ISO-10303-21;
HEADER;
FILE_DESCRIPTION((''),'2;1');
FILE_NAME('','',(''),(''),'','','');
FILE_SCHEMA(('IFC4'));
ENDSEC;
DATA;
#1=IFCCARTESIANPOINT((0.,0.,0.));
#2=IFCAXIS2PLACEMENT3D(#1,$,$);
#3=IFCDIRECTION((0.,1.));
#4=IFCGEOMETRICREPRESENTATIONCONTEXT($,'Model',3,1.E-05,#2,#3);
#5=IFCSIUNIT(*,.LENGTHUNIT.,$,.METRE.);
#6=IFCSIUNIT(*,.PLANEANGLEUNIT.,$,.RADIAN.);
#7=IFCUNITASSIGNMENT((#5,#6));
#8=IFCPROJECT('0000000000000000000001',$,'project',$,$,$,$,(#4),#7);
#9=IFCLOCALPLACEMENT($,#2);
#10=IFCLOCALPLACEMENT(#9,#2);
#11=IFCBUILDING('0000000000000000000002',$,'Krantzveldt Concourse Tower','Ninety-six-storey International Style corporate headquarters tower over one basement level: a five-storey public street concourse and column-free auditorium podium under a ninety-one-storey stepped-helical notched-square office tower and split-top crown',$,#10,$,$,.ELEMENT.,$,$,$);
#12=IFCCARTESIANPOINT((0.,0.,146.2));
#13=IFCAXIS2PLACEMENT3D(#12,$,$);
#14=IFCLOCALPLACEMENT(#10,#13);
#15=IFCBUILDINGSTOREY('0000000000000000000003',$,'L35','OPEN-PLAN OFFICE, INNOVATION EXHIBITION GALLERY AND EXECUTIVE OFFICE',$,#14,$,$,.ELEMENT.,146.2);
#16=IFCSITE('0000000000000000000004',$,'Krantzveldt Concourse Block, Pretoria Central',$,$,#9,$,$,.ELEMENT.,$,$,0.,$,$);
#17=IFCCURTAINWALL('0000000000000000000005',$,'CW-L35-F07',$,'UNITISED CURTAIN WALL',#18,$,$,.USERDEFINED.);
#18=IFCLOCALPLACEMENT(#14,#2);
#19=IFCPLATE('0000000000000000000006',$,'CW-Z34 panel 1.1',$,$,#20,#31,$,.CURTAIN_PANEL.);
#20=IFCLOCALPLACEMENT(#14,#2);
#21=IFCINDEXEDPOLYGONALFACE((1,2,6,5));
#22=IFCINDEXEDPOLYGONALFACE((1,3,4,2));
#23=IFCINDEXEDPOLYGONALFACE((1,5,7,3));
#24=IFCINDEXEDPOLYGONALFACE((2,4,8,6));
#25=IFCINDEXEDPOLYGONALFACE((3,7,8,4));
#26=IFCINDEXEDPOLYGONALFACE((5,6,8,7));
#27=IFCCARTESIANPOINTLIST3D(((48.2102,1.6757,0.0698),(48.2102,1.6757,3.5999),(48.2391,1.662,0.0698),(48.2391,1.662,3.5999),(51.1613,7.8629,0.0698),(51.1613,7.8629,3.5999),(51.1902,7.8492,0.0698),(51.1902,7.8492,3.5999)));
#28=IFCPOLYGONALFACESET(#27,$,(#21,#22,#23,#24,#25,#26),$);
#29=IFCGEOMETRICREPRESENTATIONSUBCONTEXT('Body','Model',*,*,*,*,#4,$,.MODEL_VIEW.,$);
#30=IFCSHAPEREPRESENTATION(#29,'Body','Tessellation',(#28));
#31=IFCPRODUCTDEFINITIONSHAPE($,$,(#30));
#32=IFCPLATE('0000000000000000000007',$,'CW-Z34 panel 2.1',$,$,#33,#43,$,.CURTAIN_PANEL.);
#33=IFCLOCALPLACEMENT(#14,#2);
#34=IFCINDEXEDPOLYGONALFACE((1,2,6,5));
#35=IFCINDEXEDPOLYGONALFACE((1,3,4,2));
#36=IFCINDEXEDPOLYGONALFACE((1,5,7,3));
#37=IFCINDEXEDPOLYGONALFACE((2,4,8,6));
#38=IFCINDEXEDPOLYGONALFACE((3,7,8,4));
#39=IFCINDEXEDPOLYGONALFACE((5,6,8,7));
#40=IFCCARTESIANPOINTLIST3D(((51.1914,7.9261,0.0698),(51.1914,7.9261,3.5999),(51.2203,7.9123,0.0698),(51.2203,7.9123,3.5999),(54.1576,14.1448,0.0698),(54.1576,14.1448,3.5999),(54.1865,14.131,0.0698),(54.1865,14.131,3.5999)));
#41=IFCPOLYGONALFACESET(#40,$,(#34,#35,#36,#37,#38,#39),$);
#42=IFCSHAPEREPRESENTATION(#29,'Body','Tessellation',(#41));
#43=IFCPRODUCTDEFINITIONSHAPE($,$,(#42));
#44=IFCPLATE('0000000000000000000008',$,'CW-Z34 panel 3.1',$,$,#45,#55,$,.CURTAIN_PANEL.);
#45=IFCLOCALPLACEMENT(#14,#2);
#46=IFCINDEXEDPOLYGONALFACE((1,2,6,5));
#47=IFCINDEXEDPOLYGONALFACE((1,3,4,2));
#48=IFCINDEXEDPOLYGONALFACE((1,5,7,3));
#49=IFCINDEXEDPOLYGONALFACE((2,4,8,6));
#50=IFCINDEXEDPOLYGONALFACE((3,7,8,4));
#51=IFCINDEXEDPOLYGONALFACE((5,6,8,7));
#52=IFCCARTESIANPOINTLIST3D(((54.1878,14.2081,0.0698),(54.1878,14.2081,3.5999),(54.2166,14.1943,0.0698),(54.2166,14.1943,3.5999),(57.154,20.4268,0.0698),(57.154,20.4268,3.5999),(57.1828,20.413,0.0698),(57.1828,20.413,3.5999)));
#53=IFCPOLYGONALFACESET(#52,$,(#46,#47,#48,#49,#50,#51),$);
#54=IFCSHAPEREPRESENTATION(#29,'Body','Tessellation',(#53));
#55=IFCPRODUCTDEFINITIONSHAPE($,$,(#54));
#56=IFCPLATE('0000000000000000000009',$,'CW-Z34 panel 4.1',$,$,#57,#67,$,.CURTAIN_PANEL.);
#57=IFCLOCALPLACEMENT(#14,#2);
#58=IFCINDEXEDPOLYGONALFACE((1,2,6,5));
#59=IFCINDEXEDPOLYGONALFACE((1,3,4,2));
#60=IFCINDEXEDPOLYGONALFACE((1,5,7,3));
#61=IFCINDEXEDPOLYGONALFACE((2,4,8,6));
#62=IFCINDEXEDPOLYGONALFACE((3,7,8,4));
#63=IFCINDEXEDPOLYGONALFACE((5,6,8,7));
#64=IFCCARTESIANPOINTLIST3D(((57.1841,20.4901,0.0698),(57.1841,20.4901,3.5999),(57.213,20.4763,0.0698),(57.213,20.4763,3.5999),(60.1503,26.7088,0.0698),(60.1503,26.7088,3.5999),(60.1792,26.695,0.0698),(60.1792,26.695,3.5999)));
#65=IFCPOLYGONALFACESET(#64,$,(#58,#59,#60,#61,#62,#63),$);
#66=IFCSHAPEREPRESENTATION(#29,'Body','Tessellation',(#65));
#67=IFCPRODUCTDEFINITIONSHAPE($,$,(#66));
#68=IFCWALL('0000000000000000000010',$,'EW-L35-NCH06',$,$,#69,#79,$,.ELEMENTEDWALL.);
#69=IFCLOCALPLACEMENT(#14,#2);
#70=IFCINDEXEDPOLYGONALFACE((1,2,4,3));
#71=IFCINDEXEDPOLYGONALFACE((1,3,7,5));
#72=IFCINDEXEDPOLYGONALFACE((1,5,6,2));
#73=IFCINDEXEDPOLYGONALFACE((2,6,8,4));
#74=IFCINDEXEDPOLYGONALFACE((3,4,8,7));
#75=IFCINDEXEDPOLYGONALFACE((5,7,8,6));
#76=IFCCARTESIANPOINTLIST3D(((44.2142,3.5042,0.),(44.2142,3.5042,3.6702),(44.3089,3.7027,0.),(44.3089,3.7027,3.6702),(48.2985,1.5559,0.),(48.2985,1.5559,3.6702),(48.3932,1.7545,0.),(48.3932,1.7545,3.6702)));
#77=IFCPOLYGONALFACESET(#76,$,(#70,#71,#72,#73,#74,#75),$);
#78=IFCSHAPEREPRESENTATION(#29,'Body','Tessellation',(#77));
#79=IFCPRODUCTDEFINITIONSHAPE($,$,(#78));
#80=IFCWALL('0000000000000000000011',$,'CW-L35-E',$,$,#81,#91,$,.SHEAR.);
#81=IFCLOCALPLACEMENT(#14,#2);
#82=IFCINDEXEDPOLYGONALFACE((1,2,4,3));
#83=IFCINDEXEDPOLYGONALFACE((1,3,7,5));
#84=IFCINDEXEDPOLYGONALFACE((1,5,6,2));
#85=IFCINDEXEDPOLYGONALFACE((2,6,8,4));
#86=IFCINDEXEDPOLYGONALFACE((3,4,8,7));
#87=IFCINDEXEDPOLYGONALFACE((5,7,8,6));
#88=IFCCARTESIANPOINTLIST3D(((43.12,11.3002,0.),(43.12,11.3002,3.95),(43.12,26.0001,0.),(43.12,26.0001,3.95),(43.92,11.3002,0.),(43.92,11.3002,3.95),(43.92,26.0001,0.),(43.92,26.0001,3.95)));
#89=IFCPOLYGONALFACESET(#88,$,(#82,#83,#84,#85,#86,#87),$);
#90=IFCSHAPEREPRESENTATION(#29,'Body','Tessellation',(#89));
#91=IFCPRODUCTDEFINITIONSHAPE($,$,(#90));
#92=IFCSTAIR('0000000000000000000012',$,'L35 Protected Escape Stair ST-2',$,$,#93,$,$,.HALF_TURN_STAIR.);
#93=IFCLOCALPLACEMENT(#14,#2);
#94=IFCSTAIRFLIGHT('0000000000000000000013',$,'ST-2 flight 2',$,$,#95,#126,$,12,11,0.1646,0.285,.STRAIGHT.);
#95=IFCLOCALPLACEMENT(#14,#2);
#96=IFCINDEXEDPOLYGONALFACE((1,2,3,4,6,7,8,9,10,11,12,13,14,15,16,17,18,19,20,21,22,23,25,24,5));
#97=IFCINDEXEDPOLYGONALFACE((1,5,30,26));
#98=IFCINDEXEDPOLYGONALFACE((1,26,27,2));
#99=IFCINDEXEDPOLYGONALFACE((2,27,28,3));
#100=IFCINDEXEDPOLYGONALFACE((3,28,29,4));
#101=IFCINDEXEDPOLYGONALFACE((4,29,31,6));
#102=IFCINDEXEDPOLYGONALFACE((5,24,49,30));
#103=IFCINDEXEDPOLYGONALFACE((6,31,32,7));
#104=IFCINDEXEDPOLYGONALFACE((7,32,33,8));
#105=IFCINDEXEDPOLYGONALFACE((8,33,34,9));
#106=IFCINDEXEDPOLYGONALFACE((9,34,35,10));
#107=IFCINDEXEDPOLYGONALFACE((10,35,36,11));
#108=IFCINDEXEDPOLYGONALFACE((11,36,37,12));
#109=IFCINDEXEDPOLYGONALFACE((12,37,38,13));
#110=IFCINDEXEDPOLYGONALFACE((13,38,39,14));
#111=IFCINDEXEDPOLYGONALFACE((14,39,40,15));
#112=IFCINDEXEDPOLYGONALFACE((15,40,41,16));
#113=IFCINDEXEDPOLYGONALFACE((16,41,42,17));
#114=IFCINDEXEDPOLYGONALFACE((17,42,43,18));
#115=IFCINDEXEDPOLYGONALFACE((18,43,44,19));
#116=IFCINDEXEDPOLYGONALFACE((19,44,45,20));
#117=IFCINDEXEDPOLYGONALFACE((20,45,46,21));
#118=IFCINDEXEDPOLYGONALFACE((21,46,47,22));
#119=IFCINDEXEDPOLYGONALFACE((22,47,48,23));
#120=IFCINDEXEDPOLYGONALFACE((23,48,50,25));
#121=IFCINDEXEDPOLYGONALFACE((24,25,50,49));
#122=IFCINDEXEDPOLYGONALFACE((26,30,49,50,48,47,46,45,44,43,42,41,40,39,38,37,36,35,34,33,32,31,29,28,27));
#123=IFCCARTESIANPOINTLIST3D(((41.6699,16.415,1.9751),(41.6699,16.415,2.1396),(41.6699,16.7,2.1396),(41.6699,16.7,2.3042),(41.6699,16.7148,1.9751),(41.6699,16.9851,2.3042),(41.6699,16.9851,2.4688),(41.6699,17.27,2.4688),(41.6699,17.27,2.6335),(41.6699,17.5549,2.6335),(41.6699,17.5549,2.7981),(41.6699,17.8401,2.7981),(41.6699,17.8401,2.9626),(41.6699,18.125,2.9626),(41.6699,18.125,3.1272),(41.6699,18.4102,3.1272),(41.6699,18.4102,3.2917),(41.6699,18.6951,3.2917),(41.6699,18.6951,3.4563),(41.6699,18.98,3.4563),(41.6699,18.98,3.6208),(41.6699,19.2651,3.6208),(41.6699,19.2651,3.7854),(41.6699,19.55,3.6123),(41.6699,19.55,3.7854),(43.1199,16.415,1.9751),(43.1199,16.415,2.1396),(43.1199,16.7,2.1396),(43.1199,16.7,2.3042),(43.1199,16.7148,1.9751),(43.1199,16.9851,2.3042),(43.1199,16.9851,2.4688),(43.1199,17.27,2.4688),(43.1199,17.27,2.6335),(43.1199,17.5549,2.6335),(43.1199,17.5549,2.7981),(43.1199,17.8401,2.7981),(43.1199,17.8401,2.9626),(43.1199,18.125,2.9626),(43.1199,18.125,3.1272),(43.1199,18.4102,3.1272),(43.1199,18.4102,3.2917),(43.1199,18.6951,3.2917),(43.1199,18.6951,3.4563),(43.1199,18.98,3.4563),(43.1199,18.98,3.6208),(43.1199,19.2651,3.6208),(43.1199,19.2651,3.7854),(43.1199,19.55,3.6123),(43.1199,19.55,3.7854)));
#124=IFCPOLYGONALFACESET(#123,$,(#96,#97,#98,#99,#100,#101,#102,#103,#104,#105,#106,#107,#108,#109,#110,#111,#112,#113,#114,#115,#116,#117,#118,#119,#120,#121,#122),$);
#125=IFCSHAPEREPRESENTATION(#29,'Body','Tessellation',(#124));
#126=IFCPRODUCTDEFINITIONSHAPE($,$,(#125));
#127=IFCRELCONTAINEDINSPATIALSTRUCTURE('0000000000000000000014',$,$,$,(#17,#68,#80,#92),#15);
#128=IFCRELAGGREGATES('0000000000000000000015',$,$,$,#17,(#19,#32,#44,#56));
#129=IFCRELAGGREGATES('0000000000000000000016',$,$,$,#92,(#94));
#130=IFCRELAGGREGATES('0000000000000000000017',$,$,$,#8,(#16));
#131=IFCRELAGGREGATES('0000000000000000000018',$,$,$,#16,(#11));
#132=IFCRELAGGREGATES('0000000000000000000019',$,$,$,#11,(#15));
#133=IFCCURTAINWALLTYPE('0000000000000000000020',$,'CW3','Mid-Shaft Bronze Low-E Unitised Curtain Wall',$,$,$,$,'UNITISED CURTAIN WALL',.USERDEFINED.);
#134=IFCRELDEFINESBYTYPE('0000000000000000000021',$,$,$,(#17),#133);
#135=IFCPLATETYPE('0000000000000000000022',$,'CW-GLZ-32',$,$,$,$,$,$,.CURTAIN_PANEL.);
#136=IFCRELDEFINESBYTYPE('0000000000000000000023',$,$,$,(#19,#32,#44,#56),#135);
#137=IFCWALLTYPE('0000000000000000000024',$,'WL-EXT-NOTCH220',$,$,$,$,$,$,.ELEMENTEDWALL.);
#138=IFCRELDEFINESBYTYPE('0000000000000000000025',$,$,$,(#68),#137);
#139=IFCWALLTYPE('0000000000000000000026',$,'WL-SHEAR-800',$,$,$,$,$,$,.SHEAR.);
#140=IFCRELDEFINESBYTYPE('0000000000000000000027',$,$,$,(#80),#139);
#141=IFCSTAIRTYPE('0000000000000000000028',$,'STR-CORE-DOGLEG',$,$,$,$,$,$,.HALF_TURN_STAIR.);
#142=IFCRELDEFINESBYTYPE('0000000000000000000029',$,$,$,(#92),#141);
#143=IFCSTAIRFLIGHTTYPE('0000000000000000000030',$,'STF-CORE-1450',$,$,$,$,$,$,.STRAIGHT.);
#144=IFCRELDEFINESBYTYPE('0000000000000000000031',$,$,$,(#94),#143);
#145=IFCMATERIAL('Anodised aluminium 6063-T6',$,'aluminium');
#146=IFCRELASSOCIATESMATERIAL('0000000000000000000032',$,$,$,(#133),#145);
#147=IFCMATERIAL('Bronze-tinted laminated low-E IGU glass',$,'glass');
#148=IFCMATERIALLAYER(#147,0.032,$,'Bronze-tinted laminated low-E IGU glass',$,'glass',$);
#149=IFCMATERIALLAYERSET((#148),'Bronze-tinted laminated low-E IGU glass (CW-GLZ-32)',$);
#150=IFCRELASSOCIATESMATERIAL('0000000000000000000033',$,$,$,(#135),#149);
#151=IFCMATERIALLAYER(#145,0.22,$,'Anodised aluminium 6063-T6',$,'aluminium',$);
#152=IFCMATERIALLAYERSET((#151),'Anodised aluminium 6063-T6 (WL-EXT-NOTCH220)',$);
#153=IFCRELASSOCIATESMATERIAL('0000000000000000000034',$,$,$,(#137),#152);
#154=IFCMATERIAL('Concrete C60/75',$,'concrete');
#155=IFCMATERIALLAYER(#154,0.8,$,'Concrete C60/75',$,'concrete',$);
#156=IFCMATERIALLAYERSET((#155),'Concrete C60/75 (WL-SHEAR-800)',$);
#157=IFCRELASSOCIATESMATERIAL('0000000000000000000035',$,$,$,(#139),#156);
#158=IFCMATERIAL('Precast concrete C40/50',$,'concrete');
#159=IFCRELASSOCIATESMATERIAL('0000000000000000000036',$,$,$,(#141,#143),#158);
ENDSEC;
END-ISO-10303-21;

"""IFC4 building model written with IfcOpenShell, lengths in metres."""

from ifc_helpers import new_model, si_unit, direction, frame, frame_2d, origin, origin_2d, place, context, subcontext, project, spatial, polyline, rectangle, outline, extrude, source, transform, mapped, material, layer, layer_set, type_object, type_shapes, element, aggregate, save


model = new_model("IFC4")

# Units and contexts
model_context = context("Model", 3, precision=1e-05, world=origin(), true_north=direction((0.0, 1.0)))
body_context = subcontext(model_context, "Body", "Model", "MODEL_VIEW")
ifc_project = project(units=[si_unit("LENGTHUNIT", "METRE"), si_unit("PLANEANGLEUNIT", "RADIAN")], contexts=[model_context])

# Site, building, storey
site_placement = place(None, origin())
site = spatial("IfcSite", under=ifc_project, at=site_placement, Name="Krantzveldt Concourse Block, Pretoria Central", CompositionType="ELEMENT", RefElevation=0.0)
building_placement = place(site_placement, origin())
building = spatial("IfcBuilding", under=site, at=building_placement, Name="Krantzveldt Concourse Tower", Description="Ninety-six-storey International Style corporate headquarters tower over one basement level: a five-storey public street concourse and column-free auditorium podium under a ninety-one-storey stepped-helical notched-square office tower and split-top crown", CompositionType="ELEMENT")
storey_placement = place(building_placement, frame((0.0, 0.0, 146.2)))
storey = spatial("IfcBuildingStorey", under=building, at=storey_placement, Name="L35", Description="OPEN-PLAN OFFICE, INNOVATION EXHIBITION GALLERY AND EXECUTIVE OFFICE", CompositionType="ELEMENT", Elevation=146.2)

# Curtain wall, plates
ifc_material_1 = material(Name="Anodised aluminium 6063-T6", Category="aluminium")
curtain_wall_type = type_object("IfcCurtainWallType", Name="CW3", Description="Mid-Shaft Bronze Low-E Unitised Curtain Wall", ElementType="UNITISED CURTAIN WALL", PredefinedType="USERDEFINED", material=ifc_material_1)
curtain_wall_placement = place(storey_placement, origin())
curtain_wall = element("IfcCurtainWall", 1, at=curtain_wall_placement, inside=storey, type_object=curtain_wall_type, Name="CW-L35-F07", ObjectType="UNITISED CURTAIN WALL", PredefinedType="USERDEFINED")
ifc_material_2 = material(Name="Bronze-tinted laminated low-E IGU glass", Category="glass")
ifc_layer_1 = layer(ifc_material_2, 0.032, Name="Bronze-tinted laminated low-E IGU glass", Category="glass")
ifc_layer_set_1 = layer_set([ifc_layer_1], Name="Bronze-tinted laminated low-E IGU glass (CW-GLZ-32)")
plate_type = type_object("IfcPlateType", Name="CW-GLZ-32", PredefinedType="CURTAIN_PANEL", material=ifc_layer_set_1)
shared_shape_1 = source(origin(), body_context, "Body", "SweptSolid", [
    extrude(rectangle(XDim=6.855, YDim=0.032, at=origin_2d()), origin(), (0.0, 0.0, 1.0), 3.53),
])
plate_1_placement = place(storey_placement, frame((49.7002, 4.7625, 0.0698), z_axis=(0.0, 0.0, 1.0), x_axis=(0.430511, 0.902585, 0.0)))
plate_1 = element("IfcPlate", 2, at=plate_1_placement, type_object=plate_type, Name="CW-Z34 panel 1.1", PredefinedType="CURTAIN_PANEL", context=body_context, shape_type="MappedRepresentation", body=[
    mapped(shared_shape_1, transform((0.0, 0.0, 0.0), x_axis=(1.0, 0.0, 0.0), y_axis=(0.0, 1.0, 0.0), z_axis=(0.0, 0.0, 1.0), scale=1.0)),
])
shared_shape_2 = source(origin(), body_context, "Body", "SweptSolid", [
    extrude(rectangle(XDim=6.8899, YDim=0.032, at=origin_2d()), origin(), (0.0, 0.0, 1.0), 3.53),
])
type_shapes(plate_type, [shared_shape_1, shared_shape_2])
plate_2_placement = place(storey_placement, frame((52.689, 11.0286, 0.0698), z_axis=(0.0, 0.0, 1.0), x_axis=(0.430511, 0.902585, 0.0)))
plate_2 = element("IfcPlate", 3, at=plate_2_placement, type_object=plate_type, Name="CW-Z34 panel 2.1", PredefinedType="CURTAIN_PANEL", context=body_context, shape_type="MappedRepresentation", body=[
    mapped(shared_shape_2, transform((0.0, 0.0, 0.0), x_axis=(1.0, 0.0, 0.0), y_axis=(0.0, 1.0, 0.0), z_axis=(0.0, 0.0, 1.0), scale=1.0)),
])
plate_3_placement = place(storey_placement, frame((55.6853, 17.3105, 0.0698), z_axis=(0.0, 0.0, 1.0), x_axis=(0.430511, 0.902585, 0.0)))
plate_3 = element("IfcPlate", 4, at=plate_3_placement, type_object=plate_type, Name="CW-Z34 panel 3.1", PredefinedType="CURTAIN_PANEL", context=body_context, shape_type="MappedRepresentation", body=[
    mapped(shared_shape_2, transform((0.0, 0.0, 0.0), x_axis=(1.0, 0.0, 0.0), y_axis=(0.0, 1.0, 0.0), z_axis=(0.0, 0.0, 1.0), scale=1.0)),
])
plate_4_placement = place(storey_placement, frame((58.6816, 23.5925, 0.0698), z_axis=(0.0, 0.0, 1.0), x_axis=(0.430511, 0.902585, 0.0)))
plate_4 = element("IfcPlate", 5, at=plate_4_placement, type_object=plate_type, Name="CW-Z34 panel 4.1", PredefinedType="CURTAIN_PANEL", context=body_context, shape_type="MappedRepresentation", body=[
    mapped(shared_shape_2, transform((0.0, 0.0, 0.0), x_axis=(1.0, 0.0, 0.0), y_axis=(0.0, 1.0, 0.0), z_axis=(0.0, 0.0, 1.0), scale=1.0)),
])
aggregate(curtain_wall, [plate_1, plate_2, plate_3, plate_4])

# Walls
ifc_layer_2 = layer(ifc_material_1, 0.22, Name="Anodised aluminium 6063-T6", Category="aluminium")
ifc_layer_set_2 = layer_set([ifc_layer_2], Name="Anodised aluminium 6063-T6 (WL-EXT-NOTCH220)")
wall_type_1 = type_object("IfcWallType", Name="WL-EXT-NOTCH220", PredefinedType="ELEMENTEDWALL", material=ifc_layer_set_2)
wall_1_placement = place(storey_placement, frame((44.2615, 3.6035, 0.0), z_axis=(0.0, 0.0, 1.0), x_axis=(0.902571, -0.430541, 0.0)))
element("IfcWall", 6, at=wall_1_placement, inside=storey, type_object=wall_type_1, Name="EW-L35-NCH06", PredefinedType="ELEMENTEDWALL", context=body_context, shape_type="SweptSolid", body=[
    extrude(rectangle(XDim=4.5251, YDim=0.22, at=frame_2d((2.2627, 0.0))), origin(), (0.0, 0.0, 1.0), 3.6702),
])
ifc_material_3 = material(Name="Concrete C60/75", Category="concrete")
ifc_layer_3 = layer(ifc_material_3, 0.8, Name="Concrete C60/75", Category="concrete")
ifc_layer_set_3 = layer_set([ifc_layer_3], Name="Concrete C60/75 (WL-SHEAR-800)")
wall_type_2 = type_object("IfcWallType", Name="WL-SHEAR-800", PredefinedType="SHEAR", material=ifc_layer_set_3)
wall_2_placement = place(storey_placement, frame((43.52, 11.3, 0.0), z_axis=(0.0, 0.0, 1.0), x_axis=(0.0, 1.0, 0.0)))
element("IfcWall", 7, at=wall_2_placement, inside=storey, type_object=wall_type_2, Name="CW-L35-E", PredefinedType="SHEAR", context=body_context, shape_type="SweptSolid", body=[
    extrude(rectangle(XDim=14.7, YDim=0.8, at=frame_2d((7.3501, 0.0))), origin(), (0.0, 0.0, 1.0), 3.95),
])

# Stair, stair flight
ifc_material_4 = material(Name="Precast concrete C40/50", Category="concrete")
stair_type = type_object("IfcStairType", Name="STR-CORE-DOGLEG", PredefinedType="HALF_TURN_STAIR", material=ifc_material_4)
stair_placement = place(storey_placement, origin())
stair = element("IfcStair", 8, at=stair_placement, inside=storey, type_object=stair_type, Name="L35 Protected Escape Stair ST-2", PredefinedType="HALF_TURN_STAIR")
stair_flight_type = type_object("IfcStairFlightType", Name="STF-CORE-1450", PredefinedType="STRAIGHT", material=ifc_material_4)
stair_flight_placement = place(storey_placement, frame((42.395, 16.415, 1.9751), z_axis=(0.0, 0.0, 1.0), x_axis=(0.0, 1.0, 0.0)))
stair_flight = element("IfcStairFlight", 9, at=stair_flight_placement, type_object=stair_flight_type, Name="ST-2 flight 2", NumberOfRisers=12, NumberOfTreads=11, PredefinedType="STRAIGHT", RiserHeight=0.1646, TreadLength=0.285, context=body_context, shape_type="SweptSolid", body=[
    extrude(outline(polyline([(0.0, 0.0), (0.0, 0.1646), (0.2849, 0.1646), (0.2849, 0.3291), (0.5701, 0.3291), (0.5701, 0.4937), (0.855, 0.4937), (0.855, 0.6584), (1.1399, 0.6584), (1.1399, 0.823), (1.425, 0.823), (1.425, 0.9875), (1.71, 0.9875), (1.71, 1.1521), (1.9951, 1.1521), (1.9951, 1.3167), (2.28, 1.3167), (2.28, 1.4812), (2.5649, 1.4812), (2.5649, 1.6458), (2.8501, 1.6458), (2.8501, 1.8103), (3.135, 1.8103), (3.135, 1.9751), (3.135, 1.6372), (0.2998, 0.0), (0.0, 0.0)])), frame((0.0, 0.7251, 0.0), z_axis=(0.0, -1.0, 0.0), x_axis=(1.0, 0.0, 0.0)), (0.0, 0.0, 1.0), 1.45),
])
aggregate(stair, [stair_flight])

save(model, "model.ifc")
